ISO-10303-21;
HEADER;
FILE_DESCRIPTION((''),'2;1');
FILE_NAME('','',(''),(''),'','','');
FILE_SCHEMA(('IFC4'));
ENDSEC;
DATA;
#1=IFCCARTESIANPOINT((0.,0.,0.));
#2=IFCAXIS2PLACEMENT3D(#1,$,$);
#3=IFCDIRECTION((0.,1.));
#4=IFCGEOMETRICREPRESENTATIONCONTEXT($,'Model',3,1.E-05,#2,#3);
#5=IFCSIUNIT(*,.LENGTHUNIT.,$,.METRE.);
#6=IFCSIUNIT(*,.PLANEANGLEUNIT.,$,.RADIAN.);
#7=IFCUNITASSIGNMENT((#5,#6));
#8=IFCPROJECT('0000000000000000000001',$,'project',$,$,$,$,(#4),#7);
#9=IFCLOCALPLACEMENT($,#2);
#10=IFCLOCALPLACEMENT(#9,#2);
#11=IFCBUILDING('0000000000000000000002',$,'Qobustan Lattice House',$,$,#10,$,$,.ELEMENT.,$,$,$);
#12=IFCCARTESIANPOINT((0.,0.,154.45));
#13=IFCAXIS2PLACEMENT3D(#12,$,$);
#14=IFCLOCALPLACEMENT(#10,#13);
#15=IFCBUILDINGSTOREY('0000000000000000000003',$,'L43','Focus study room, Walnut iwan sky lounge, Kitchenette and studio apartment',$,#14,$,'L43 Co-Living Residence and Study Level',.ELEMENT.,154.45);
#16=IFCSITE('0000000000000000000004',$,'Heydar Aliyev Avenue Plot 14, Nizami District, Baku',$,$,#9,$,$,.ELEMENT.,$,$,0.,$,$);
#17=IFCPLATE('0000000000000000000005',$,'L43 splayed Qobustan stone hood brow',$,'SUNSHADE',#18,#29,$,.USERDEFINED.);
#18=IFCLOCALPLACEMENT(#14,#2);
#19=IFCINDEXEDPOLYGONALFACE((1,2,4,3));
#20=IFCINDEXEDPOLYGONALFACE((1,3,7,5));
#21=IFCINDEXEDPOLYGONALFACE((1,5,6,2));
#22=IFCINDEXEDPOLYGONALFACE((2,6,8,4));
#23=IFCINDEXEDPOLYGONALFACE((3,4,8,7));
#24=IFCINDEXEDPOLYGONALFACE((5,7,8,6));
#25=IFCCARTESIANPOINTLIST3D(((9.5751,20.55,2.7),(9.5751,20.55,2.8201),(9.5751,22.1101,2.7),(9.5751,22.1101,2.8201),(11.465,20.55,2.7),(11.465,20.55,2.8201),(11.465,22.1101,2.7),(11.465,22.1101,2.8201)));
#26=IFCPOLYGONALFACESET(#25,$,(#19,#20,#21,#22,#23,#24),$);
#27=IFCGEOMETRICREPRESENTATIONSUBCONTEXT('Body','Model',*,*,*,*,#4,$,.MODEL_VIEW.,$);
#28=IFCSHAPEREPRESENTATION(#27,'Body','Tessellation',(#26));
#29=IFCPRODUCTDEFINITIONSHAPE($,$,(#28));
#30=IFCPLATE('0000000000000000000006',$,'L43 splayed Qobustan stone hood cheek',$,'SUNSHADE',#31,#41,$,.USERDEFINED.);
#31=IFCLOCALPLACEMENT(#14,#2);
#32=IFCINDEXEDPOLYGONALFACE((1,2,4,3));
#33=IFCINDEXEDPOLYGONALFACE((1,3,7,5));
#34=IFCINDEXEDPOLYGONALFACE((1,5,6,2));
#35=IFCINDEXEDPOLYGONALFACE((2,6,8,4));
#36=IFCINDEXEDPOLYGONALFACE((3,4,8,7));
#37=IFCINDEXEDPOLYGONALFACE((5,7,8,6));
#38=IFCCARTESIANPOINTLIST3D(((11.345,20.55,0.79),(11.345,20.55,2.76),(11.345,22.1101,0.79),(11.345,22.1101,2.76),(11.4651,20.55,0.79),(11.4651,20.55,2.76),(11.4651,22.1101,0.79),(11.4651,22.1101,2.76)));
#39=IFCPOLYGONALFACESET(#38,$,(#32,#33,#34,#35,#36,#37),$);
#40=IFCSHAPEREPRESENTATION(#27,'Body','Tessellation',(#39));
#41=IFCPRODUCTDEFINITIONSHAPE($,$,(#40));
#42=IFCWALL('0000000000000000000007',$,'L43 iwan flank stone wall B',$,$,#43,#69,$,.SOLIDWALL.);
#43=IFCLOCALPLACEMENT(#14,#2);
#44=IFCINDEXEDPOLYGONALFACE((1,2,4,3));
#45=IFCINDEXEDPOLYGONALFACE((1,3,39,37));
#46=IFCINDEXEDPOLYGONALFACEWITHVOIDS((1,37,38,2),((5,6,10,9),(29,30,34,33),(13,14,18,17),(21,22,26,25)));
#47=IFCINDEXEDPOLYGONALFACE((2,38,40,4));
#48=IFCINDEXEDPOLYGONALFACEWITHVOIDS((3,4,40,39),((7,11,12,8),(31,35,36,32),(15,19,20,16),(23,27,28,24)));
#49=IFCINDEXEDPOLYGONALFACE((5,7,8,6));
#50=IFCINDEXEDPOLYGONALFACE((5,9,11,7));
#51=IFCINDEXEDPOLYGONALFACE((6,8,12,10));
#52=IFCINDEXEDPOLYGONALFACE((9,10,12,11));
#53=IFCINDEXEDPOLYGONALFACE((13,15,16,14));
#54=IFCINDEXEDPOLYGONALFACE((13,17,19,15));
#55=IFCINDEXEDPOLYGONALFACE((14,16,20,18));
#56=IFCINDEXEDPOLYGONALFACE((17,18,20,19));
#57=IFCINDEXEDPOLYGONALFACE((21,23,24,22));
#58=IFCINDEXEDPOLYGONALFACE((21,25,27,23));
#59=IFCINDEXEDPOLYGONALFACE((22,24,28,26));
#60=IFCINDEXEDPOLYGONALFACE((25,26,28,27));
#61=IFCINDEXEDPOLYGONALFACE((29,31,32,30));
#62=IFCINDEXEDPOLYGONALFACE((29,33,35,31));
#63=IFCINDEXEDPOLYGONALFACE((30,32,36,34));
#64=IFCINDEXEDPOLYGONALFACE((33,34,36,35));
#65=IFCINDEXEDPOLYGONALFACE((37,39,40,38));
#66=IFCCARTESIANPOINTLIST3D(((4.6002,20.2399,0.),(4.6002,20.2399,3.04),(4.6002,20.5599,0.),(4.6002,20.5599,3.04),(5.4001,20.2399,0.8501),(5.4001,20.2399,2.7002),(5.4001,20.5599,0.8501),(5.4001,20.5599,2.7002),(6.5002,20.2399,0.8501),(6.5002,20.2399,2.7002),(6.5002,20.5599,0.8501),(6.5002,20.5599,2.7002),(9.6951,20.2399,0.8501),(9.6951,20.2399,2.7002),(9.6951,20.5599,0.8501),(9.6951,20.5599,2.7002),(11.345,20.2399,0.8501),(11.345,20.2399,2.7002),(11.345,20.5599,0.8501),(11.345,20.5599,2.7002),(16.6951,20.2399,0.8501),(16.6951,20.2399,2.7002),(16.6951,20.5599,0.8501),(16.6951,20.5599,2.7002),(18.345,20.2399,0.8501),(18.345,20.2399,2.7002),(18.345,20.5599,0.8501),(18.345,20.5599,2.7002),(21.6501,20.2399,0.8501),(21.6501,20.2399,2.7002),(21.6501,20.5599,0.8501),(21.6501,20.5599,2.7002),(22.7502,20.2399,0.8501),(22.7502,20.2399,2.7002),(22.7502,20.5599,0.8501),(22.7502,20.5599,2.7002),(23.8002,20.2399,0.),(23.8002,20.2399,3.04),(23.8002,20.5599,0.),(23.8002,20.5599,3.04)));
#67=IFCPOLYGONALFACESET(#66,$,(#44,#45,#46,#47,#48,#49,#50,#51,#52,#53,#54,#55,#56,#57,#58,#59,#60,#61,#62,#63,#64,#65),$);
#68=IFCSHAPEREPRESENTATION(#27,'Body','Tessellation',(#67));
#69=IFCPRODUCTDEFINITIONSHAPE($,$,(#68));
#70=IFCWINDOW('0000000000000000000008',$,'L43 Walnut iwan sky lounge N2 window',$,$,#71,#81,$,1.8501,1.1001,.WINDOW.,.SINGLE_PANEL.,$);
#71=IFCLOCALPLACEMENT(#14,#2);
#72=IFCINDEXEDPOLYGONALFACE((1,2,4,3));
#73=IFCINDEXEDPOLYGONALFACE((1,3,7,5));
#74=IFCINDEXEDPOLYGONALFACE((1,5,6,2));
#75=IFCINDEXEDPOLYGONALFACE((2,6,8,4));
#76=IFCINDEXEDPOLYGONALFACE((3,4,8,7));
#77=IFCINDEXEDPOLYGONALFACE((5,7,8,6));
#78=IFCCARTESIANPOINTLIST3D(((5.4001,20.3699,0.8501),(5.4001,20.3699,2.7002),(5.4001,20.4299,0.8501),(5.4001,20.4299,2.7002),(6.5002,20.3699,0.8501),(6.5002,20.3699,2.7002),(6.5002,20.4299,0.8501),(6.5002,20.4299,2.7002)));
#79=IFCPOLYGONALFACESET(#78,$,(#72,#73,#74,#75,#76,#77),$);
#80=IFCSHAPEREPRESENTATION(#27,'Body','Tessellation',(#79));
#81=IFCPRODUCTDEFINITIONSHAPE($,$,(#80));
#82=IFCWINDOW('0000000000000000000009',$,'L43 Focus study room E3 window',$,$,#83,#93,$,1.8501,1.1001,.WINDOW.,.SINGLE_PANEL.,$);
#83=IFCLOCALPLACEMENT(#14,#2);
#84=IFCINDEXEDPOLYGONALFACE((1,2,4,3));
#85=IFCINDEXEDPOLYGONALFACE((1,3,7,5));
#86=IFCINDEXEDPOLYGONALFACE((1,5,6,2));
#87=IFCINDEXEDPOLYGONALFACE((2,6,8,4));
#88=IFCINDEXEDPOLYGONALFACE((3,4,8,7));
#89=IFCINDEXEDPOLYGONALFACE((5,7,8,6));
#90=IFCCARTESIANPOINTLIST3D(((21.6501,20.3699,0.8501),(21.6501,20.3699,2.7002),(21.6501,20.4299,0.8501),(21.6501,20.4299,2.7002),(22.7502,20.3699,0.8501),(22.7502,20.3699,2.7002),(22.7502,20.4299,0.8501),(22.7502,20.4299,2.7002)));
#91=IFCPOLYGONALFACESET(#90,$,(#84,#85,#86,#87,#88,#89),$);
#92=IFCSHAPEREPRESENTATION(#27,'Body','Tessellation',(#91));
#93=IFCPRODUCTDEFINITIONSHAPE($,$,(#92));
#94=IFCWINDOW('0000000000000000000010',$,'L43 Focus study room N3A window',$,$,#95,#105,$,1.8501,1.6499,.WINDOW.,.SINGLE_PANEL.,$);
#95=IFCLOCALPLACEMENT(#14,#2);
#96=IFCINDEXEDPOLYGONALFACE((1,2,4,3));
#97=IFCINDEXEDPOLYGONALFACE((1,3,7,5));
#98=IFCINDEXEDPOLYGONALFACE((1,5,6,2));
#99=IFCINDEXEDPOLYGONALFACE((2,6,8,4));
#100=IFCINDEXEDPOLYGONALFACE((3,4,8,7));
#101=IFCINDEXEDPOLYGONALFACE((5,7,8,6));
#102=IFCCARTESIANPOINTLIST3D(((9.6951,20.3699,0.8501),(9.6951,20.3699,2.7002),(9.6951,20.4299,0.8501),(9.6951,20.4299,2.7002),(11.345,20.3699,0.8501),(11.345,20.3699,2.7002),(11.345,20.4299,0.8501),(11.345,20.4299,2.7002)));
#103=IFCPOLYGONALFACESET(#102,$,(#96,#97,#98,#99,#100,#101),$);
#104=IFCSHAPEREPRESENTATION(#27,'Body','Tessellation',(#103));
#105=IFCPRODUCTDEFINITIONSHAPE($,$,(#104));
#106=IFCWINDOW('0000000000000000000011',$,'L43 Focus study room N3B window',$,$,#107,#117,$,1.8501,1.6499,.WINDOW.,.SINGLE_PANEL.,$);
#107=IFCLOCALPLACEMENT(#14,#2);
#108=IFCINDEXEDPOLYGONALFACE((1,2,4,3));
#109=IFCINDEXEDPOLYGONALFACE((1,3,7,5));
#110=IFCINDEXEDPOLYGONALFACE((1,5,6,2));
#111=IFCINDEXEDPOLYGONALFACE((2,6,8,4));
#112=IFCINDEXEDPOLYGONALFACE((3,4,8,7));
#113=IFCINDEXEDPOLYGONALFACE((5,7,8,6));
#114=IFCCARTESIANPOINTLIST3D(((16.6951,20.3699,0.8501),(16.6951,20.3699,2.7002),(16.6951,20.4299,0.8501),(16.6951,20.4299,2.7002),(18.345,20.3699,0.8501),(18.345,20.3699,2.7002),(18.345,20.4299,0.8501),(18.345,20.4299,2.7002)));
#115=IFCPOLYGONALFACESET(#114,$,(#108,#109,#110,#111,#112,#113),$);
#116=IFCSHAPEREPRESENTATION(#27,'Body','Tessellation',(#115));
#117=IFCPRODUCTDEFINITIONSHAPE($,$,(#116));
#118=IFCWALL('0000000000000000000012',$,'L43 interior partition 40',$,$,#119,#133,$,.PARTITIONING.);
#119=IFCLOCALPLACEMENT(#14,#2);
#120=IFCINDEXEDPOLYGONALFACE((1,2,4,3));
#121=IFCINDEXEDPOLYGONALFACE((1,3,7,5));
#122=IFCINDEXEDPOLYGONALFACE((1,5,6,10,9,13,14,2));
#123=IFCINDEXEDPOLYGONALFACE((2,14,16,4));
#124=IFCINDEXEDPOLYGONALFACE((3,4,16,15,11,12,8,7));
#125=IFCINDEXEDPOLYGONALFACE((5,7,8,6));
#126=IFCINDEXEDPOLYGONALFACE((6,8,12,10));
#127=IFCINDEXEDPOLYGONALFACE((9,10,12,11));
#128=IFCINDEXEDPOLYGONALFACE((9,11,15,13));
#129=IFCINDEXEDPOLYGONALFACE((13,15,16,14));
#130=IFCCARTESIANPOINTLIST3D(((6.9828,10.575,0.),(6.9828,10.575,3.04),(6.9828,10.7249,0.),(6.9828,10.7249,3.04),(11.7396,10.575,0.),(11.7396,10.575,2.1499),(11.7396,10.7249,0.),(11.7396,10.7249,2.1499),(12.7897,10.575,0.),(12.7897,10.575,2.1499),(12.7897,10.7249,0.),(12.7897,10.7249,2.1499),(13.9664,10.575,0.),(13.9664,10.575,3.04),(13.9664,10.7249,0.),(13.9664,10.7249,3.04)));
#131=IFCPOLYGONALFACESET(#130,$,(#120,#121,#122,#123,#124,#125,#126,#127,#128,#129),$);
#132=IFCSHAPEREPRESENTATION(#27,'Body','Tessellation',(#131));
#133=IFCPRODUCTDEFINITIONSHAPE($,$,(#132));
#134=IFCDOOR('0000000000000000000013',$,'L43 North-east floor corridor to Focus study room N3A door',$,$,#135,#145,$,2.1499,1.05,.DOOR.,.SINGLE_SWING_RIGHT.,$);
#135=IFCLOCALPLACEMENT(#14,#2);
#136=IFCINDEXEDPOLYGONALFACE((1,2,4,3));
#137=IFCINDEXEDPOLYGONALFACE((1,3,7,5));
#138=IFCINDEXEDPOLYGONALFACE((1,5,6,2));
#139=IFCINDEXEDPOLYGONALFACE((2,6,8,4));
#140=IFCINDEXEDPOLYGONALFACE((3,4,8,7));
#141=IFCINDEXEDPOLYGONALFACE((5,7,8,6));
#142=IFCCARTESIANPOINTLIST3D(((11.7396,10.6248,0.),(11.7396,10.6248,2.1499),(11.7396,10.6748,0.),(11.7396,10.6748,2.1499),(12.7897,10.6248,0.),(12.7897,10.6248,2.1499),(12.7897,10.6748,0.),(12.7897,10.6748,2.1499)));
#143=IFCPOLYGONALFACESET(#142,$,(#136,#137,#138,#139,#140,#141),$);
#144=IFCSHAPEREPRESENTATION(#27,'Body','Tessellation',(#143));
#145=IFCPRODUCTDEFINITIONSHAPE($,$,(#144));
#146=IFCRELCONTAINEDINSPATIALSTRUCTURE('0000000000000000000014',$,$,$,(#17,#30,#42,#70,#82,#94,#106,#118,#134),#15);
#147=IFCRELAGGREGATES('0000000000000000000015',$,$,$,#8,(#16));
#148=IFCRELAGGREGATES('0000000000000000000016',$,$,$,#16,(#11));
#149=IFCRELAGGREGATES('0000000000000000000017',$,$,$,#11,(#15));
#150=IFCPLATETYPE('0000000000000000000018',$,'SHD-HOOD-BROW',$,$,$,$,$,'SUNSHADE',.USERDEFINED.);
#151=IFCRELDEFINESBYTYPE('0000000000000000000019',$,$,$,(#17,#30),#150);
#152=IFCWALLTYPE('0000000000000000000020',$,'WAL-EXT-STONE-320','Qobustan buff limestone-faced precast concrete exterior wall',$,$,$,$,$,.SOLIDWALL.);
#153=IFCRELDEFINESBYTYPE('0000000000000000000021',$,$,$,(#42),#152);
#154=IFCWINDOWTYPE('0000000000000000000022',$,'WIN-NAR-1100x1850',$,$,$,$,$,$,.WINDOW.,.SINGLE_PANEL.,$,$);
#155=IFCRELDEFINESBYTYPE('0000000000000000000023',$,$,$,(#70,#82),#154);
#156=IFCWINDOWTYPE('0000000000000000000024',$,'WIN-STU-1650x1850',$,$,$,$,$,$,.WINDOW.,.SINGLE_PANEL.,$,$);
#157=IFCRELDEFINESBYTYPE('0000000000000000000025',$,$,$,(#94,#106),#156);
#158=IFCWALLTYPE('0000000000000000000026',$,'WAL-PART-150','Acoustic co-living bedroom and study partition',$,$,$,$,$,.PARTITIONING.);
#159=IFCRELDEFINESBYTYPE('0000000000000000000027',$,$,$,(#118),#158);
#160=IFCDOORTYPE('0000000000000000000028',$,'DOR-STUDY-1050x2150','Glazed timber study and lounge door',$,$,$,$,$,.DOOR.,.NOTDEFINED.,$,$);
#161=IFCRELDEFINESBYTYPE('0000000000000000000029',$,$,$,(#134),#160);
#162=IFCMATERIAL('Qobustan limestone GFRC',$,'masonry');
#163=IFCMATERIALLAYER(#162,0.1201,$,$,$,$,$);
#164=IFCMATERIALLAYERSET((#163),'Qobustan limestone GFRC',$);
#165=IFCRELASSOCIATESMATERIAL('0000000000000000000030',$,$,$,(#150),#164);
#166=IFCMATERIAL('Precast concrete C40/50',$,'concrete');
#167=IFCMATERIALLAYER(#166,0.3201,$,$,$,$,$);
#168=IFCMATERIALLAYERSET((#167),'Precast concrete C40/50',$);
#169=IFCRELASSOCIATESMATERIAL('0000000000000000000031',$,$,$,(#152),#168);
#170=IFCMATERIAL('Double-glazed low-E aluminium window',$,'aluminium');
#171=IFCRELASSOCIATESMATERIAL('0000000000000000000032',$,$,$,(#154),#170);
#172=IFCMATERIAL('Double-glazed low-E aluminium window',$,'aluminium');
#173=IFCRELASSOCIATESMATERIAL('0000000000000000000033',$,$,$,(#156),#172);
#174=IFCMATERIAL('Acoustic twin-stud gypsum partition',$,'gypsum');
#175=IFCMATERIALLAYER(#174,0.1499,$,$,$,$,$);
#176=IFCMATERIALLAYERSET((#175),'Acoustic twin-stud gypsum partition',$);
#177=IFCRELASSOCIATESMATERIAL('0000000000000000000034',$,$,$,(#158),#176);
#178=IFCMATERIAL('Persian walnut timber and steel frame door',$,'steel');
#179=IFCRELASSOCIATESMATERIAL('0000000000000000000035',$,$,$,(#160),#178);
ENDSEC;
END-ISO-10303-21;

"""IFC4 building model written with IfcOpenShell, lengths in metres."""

from ifc_helpers import new_model, si_unit, direction, frame, frame_2d, origin, origin_2d, place, context, subcontext, project, spatial, rectangle, extrude, material, layer, layer_set, type_object, element, fill, save


model = new_model("IFC4")

# Units and contexts
model_context = context("Model", 3, precision=1e-05, world=origin(), true_north=direction((0.0, 1.0)))
body_context = subcontext(model_context, "Body", "Model", "MODEL_VIEW")
ifc_project = project(units=[si_unit("LENGTHUNIT", "METRE"), si_unit("PLANEANGLEUNIT", "RADIAN")], contexts=[model_context])

# Site, building, storey
site_placement = place(None, origin())
site = spatial("IfcSite", under=ifc_project, at=site_placement, Name="Heydar Aliyev Avenue Plot 14, Nizami District, Baku", CompositionType="ELEMENT", RefElevation=0.0)
building_placement = place(site_placement, origin())
building = spatial("IfcBuilding", under=site, at=building_placement, Name="Qobustan Lattice House", CompositionType="ELEMENT")
storey_placement = place(building_placement, frame((0.0, 0.0, 154.45)))
storey = spatial("IfcBuildingStorey", under=building, at=storey_placement, Name="L43", Description="Focus study room, Walnut iwan sky lounge, Kitchenette and studio apartment", LongName="L43 Co-Living Residence and Study Level", CompositionType="ELEMENT", Elevation=154.45)

# Plates
ifc_material_1 = material(Name="Qobustan limestone GFRC", Category="masonry")
ifc_layer_1 = layer(ifc_material_1, 0.1201)
ifc_layer_set_1 = layer_set([ifc_layer_1], Name="Qobustan limestone GFRC")
plate_type_1 = type_object("IfcPlateType", Name="SHD-HOOD-BROW", ElementType="SUNSHADE", PredefinedType="USERDEFINED", material=ifc_layer_set_1)
plate_1_placement = place(storey_placement, frame((10.52, 21.3301, 2.7), z_axis=(0.0, 0.0, 1.0), x_axis=(1.0, 0.0, 0.0)))
element("IfcPlate", 1, at=plate_1_placement, inside=storey, type_object=plate_type_1, Name="L43 splayed Qobustan stone hood brow", ObjectType="SUNSHADE", PredefinedType="USERDEFINED", context=body_context, shape_type="SweptSolid", body=[
    extrude(rectangle(XDim=1.8899, YDim=1.5601, at=origin_2d()), origin(), (0.0, 0.0, 1.0), 0.1201),
])
plate_2_placement = place(storey_placement, frame((11.405, 21.3301, 0.79), z_axis=(0.0, 0.0, 1.0), x_axis=(1.0, 0.0, 0.0)))
element("IfcPlate", 2, at=plate_2_placement, inside=storey, type_object=plate_type_1, Name="L43 splayed Qobustan stone hood cheek", ObjectType="SUNSHADE", PredefinedType="USERDEFINED", context=body_context, shape_type="SweptSolid", body=[
    extrude(rectangle(XDim=0.1201, YDim=1.5601, at=origin_2d()), origin(), (0.0, 0.0, 1.0), 1.97),
])

# Wall, openings, windows
ifc_material_2 = material(Name="Precast concrete C40/50", Category="concrete")
ifc_layer_2 = layer(ifc_material_2, 0.3201)
ifc_layer_set_2 = layer_set([ifc_layer_2], Name="Precast concrete C40/50")
wall_type_1 = type_object("IfcWallType", Name="WAL-EXT-STONE-320", Description="Qobustan buff limestone-faced precast concrete exterior wall", PredefinedType="SOLIDWALL", material=ifc_layer_set_2)
wall_1_placement = place(storey_placement, frame((4.6001, 20.3999, 0.0), z_axis=(0.0, 0.0, 1.0), x_axis=(1.0, 0.0, 0.0)))
wall_1 = element("IfcWall", 3, at=wall_1_placement, inside=storey, type_object=wall_type_1, Name="L43 iwan flank stone wall B", PredefinedType="SOLIDWALL", context=body_context, shape_type="SweptSolid", body=[
    extrude(rectangle(XDim=19.2, YDim=0.3201, at=frame_2d((9.6001, 0.0))), origin(), (0.0, 0.0, 1.0), 3.04),
])
opening_1_placement = place(wall_1_placement, frame((0.8, 0.0, 0.8501)))
opening_1 = element("IfcOpeningElement", 4, at=opening_1_placement, cuts=wall_1, PredefinedType="OPENING", context=body_context, shape_type="SweptSolid", body=[
    extrude(rectangle(XDim=1.1001, YDim=1.8501, at=frame_2d((0.55, 0.925))), frame((0.0, 0.1699, 0.0), z_axis=(0.0, -1.0, 0.0), x_axis=(1.0, 0.0, 0.0)), (0.0, 0.0, 1.0), 0.3401),
])
opening_2_placement = place(wall_1_placement, frame((5.095, 0.0, 0.8501)))
opening_2 = element("IfcOpeningElement", 5, at=opening_2_placement, cuts=wall_1, PredefinedType="OPENING", context=body_context, shape_type="SweptSolid", body=[
    extrude(rectangle(XDim=1.6499, YDim=1.8501, at=frame_2d((0.825, 0.925))), frame((0.0, 0.1699, 0.0), z_axis=(0.0, -1.0, 0.0), x_axis=(1.0, 0.0, 0.0)), (0.0, 0.0, 1.0), 0.3401),
])
opening_3_placement = place(wall_1_placement, frame((12.095, 0.0, 0.8501)))
opening_3 = element("IfcOpeningElement", 6, at=opening_3_placement, cuts=wall_1, PredefinedType="OPENING", context=body_context, shape_type="SweptSolid", body=[
    extrude(rectangle(XDim=1.6499, YDim=1.8501, at=frame_2d((0.825, 0.925))), frame((0.0, 0.1699, 0.0), z_axis=(0.0, -1.0, 0.0), x_axis=(1.0, 0.0, 0.0)), (0.0, 0.0, 1.0), 0.3401),
])
opening_4_placement = place(wall_1_placement, frame((17.05, 0.0, 0.8501)))
opening_4 = element("IfcOpeningElement", 7, at=opening_4_placement, cuts=wall_1, PredefinedType="OPENING", context=body_context, shape_type="SweptSolid", body=[
    extrude(rectangle(XDim=1.1001, YDim=1.8501, at=frame_2d((0.55, 0.925))), frame((0.0, 0.1699, 0.0), z_axis=(0.0, -1.0, 0.0), x_axis=(1.0, 0.0, 0.0)), (0.0, 0.0, 1.0), 0.3401),
])
ifc_material_3 = material(Name="Double-glazed low-E aluminium window", Category="aluminium")
window_type_1 = type_object("IfcWindowType", Name="WIN-NAR-1100x1850", PartitioningType="SINGLE_PANEL", PredefinedType="WINDOW", material=ifc_material_3)
window_1_placement = place(opening_1_placement, origin())
window_1 = element("IfcWindow", 8, at=window_1_placement, inside=storey, type_object=window_type_1, Name="L43 Walnut iwan sky lounge N2 window", OverallHeight=1.8501, OverallWidth=1.1001, PartitioningType="SINGLE_PANEL", PredefinedType="WINDOW", context=body_context, shape_type="SweptSolid", body=[
    extrude(rectangle(XDim=1.1001, YDim=1.8501, at=frame_2d((0.55, 0.925))), frame((0.0, 0.03, 0.0), z_axis=(0.0, -1.0, 0.0), x_axis=(1.0, 0.0, 0.0)), (0.0, 0.0, 1.0), 0.0601),
])
fill(opening_1, window_1)
window_2_placement = place(opening_4_placement, origin())
window_2 = element("IfcWindow", 9, at=window_2_placement, inside=storey, type_object=window_type_1, Name="L43 Focus study room E3 window", OverallHeight=1.8501, OverallWidth=1.1001, PartitioningType="SINGLE_PANEL", PredefinedType="WINDOW", context=body_context, shape_type="SweptSolid", body=[
    extrude(rectangle(XDim=1.1001, YDim=1.8501, at=frame_2d((0.55, 0.925))), frame((0.0, 0.03, 0.0), z_axis=(0.0, -1.0, 0.0), x_axis=(1.0, 0.0, 0.0)), (0.0, 0.0, 1.0), 0.0601),
])
fill(opening_4, window_2)
ifc_material_4 = material(Name="Double-glazed low-E aluminium window", Category="aluminium")
window_type_2 = type_object("IfcWindowType", Name="WIN-STU-1650x1850", PartitioningType="SINGLE_PANEL", PredefinedType="WINDOW", material=ifc_material_4)
window_3_placement = place(opening_2_placement, origin())
window_3 = element("IfcWindow", 10, at=window_3_placement, inside=storey, type_object=window_type_2, Name="L43 Focus study room N3A window", OverallHeight=1.8501, OverallWidth=1.6499, PartitioningType="SINGLE_PANEL", PredefinedType="WINDOW", context=body_context, shape_type="SweptSolid", body=[
    extrude(rectangle(XDim=1.6499, YDim=1.8501, at=frame_2d((0.825, 0.925))), frame((0.0, 0.03, 0.0), z_axis=(0.0, -1.0, 0.0), x_axis=(1.0, 0.0, 0.0)), (0.0, 0.0, 1.0), 0.0601),
])
fill(opening_2, window_3)
window_4_placement = place(opening_3_placement, origin())
window_4 = element("IfcWindow", 11, at=window_4_placement, inside=storey, type_object=window_type_2, Name="L43 Focus study room N3B window", OverallHeight=1.8501, OverallWidth=1.6499, PartitioningType="SINGLE_PANEL", PredefinedType="WINDOW", context=body_context, shape_type="SweptSolid", body=[
    extrude(rectangle(XDim=1.6499, YDim=1.8501, at=frame_2d((0.825, 0.925))), frame((0.0, 0.03, 0.0), z_axis=(0.0, -1.0, 0.0), x_axis=(1.0, 0.0, 0.0)), (0.0, 0.0, 1.0), 0.0601),
])
fill(opening_3, window_4)

# Wall, opening, door
ifc_material_5 = material(Name="Acoustic twin-stud gypsum partition", Category="gypsum")
ifc_layer_3 = layer(ifc_material_5, 0.1499)
ifc_layer_set_3 = layer_set([ifc_layer_3], Name="Acoustic twin-stud gypsum partition")
wall_type_2 = type_object("IfcWallType", Name="WAL-PART-150", Description="Acoustic co-living bedroom and study partition", PredefinedType="PARTITIONING", material=ifc_layer_set_3)
wall_2_placement = place(storey_placement, frame((6.9829, 10.6499, 0.0), z_axis=(0.0, 0.0, 1.0), x_axis=(1.0, 0.0, 0.0)))
wall_2 = element("IfcWall", 12, at=wall_2_placement, inside=storey, type_object=wall_type_2, Name="L43 interior partition 40", PredefinedType="PARTITIONING", context=body_context, shape_type="SweptSolid", body=[
    extrude(rectangle(XDim=6.9836, YDim=0.1499, at=frame_2d((3.4917, 0.0))), origin(), (0.0, 0.0, 1.0), 3.04),
])
opening_5_placement = place(wall_2_placement, frame((4.7568, 0.0, 0.0)))
opening_5 = element("IfcOpeningElement", 13, at=opening_5_placement, cuts=wall_2, PredefinedType="OPENING", context=body_context, shape_type="SweptSolid", body=[
    extrude(rectangle(XDim=1.05, YDim=2.1499, at=frame_2d((0.5249, 1.075))), frame((0.0, 0.085, 0.0), z_axis=(0.0, -1.0, 0.0), x_axis=(1.0, 0.0, 0.0)), (0.0, 0.0, 1.0), 0.1699),
])
ifc_material_6 = material(Name="Persian walnut timber and steel frame door", Category="steel")
door_type = type_object("IfcDoorType", Name="DOR-STUDY-1050x2150", Description="Glazed timber study and lounge door", OperationType="NOTDEFINED", PredefinedType="DOOR", material=ifc_material_6)
door_1_placement = place(opening_5_placement, origin())
door_1 = element("IfcDoor", 14, at=door_1_placement, inside=storey, type_object=door_type, Name="L43 North-east floor corridor to Focus study room N3A door", OperationType="SINGLE_SWING_RIGHT", OverallHeight=2.1499, OverallWidth=1.05, PredefinedType="DOOR", context=body_context, shape_type="SweptSolid", body=[
    extrude(rectangle(XDim=1.05, YDim=2.1499, at=frame_2d((0.5249, 1.075))), frame((0.0, 0.0249, 0.0), z_axis=(0.0, -1.0, 0.0), x_axis=(1.0, 0.0, 0.0)), (0.0, 0.0, 1.0), 0.05),
])
fill(opening_5, door_1)

save(model, "model.ifc")
